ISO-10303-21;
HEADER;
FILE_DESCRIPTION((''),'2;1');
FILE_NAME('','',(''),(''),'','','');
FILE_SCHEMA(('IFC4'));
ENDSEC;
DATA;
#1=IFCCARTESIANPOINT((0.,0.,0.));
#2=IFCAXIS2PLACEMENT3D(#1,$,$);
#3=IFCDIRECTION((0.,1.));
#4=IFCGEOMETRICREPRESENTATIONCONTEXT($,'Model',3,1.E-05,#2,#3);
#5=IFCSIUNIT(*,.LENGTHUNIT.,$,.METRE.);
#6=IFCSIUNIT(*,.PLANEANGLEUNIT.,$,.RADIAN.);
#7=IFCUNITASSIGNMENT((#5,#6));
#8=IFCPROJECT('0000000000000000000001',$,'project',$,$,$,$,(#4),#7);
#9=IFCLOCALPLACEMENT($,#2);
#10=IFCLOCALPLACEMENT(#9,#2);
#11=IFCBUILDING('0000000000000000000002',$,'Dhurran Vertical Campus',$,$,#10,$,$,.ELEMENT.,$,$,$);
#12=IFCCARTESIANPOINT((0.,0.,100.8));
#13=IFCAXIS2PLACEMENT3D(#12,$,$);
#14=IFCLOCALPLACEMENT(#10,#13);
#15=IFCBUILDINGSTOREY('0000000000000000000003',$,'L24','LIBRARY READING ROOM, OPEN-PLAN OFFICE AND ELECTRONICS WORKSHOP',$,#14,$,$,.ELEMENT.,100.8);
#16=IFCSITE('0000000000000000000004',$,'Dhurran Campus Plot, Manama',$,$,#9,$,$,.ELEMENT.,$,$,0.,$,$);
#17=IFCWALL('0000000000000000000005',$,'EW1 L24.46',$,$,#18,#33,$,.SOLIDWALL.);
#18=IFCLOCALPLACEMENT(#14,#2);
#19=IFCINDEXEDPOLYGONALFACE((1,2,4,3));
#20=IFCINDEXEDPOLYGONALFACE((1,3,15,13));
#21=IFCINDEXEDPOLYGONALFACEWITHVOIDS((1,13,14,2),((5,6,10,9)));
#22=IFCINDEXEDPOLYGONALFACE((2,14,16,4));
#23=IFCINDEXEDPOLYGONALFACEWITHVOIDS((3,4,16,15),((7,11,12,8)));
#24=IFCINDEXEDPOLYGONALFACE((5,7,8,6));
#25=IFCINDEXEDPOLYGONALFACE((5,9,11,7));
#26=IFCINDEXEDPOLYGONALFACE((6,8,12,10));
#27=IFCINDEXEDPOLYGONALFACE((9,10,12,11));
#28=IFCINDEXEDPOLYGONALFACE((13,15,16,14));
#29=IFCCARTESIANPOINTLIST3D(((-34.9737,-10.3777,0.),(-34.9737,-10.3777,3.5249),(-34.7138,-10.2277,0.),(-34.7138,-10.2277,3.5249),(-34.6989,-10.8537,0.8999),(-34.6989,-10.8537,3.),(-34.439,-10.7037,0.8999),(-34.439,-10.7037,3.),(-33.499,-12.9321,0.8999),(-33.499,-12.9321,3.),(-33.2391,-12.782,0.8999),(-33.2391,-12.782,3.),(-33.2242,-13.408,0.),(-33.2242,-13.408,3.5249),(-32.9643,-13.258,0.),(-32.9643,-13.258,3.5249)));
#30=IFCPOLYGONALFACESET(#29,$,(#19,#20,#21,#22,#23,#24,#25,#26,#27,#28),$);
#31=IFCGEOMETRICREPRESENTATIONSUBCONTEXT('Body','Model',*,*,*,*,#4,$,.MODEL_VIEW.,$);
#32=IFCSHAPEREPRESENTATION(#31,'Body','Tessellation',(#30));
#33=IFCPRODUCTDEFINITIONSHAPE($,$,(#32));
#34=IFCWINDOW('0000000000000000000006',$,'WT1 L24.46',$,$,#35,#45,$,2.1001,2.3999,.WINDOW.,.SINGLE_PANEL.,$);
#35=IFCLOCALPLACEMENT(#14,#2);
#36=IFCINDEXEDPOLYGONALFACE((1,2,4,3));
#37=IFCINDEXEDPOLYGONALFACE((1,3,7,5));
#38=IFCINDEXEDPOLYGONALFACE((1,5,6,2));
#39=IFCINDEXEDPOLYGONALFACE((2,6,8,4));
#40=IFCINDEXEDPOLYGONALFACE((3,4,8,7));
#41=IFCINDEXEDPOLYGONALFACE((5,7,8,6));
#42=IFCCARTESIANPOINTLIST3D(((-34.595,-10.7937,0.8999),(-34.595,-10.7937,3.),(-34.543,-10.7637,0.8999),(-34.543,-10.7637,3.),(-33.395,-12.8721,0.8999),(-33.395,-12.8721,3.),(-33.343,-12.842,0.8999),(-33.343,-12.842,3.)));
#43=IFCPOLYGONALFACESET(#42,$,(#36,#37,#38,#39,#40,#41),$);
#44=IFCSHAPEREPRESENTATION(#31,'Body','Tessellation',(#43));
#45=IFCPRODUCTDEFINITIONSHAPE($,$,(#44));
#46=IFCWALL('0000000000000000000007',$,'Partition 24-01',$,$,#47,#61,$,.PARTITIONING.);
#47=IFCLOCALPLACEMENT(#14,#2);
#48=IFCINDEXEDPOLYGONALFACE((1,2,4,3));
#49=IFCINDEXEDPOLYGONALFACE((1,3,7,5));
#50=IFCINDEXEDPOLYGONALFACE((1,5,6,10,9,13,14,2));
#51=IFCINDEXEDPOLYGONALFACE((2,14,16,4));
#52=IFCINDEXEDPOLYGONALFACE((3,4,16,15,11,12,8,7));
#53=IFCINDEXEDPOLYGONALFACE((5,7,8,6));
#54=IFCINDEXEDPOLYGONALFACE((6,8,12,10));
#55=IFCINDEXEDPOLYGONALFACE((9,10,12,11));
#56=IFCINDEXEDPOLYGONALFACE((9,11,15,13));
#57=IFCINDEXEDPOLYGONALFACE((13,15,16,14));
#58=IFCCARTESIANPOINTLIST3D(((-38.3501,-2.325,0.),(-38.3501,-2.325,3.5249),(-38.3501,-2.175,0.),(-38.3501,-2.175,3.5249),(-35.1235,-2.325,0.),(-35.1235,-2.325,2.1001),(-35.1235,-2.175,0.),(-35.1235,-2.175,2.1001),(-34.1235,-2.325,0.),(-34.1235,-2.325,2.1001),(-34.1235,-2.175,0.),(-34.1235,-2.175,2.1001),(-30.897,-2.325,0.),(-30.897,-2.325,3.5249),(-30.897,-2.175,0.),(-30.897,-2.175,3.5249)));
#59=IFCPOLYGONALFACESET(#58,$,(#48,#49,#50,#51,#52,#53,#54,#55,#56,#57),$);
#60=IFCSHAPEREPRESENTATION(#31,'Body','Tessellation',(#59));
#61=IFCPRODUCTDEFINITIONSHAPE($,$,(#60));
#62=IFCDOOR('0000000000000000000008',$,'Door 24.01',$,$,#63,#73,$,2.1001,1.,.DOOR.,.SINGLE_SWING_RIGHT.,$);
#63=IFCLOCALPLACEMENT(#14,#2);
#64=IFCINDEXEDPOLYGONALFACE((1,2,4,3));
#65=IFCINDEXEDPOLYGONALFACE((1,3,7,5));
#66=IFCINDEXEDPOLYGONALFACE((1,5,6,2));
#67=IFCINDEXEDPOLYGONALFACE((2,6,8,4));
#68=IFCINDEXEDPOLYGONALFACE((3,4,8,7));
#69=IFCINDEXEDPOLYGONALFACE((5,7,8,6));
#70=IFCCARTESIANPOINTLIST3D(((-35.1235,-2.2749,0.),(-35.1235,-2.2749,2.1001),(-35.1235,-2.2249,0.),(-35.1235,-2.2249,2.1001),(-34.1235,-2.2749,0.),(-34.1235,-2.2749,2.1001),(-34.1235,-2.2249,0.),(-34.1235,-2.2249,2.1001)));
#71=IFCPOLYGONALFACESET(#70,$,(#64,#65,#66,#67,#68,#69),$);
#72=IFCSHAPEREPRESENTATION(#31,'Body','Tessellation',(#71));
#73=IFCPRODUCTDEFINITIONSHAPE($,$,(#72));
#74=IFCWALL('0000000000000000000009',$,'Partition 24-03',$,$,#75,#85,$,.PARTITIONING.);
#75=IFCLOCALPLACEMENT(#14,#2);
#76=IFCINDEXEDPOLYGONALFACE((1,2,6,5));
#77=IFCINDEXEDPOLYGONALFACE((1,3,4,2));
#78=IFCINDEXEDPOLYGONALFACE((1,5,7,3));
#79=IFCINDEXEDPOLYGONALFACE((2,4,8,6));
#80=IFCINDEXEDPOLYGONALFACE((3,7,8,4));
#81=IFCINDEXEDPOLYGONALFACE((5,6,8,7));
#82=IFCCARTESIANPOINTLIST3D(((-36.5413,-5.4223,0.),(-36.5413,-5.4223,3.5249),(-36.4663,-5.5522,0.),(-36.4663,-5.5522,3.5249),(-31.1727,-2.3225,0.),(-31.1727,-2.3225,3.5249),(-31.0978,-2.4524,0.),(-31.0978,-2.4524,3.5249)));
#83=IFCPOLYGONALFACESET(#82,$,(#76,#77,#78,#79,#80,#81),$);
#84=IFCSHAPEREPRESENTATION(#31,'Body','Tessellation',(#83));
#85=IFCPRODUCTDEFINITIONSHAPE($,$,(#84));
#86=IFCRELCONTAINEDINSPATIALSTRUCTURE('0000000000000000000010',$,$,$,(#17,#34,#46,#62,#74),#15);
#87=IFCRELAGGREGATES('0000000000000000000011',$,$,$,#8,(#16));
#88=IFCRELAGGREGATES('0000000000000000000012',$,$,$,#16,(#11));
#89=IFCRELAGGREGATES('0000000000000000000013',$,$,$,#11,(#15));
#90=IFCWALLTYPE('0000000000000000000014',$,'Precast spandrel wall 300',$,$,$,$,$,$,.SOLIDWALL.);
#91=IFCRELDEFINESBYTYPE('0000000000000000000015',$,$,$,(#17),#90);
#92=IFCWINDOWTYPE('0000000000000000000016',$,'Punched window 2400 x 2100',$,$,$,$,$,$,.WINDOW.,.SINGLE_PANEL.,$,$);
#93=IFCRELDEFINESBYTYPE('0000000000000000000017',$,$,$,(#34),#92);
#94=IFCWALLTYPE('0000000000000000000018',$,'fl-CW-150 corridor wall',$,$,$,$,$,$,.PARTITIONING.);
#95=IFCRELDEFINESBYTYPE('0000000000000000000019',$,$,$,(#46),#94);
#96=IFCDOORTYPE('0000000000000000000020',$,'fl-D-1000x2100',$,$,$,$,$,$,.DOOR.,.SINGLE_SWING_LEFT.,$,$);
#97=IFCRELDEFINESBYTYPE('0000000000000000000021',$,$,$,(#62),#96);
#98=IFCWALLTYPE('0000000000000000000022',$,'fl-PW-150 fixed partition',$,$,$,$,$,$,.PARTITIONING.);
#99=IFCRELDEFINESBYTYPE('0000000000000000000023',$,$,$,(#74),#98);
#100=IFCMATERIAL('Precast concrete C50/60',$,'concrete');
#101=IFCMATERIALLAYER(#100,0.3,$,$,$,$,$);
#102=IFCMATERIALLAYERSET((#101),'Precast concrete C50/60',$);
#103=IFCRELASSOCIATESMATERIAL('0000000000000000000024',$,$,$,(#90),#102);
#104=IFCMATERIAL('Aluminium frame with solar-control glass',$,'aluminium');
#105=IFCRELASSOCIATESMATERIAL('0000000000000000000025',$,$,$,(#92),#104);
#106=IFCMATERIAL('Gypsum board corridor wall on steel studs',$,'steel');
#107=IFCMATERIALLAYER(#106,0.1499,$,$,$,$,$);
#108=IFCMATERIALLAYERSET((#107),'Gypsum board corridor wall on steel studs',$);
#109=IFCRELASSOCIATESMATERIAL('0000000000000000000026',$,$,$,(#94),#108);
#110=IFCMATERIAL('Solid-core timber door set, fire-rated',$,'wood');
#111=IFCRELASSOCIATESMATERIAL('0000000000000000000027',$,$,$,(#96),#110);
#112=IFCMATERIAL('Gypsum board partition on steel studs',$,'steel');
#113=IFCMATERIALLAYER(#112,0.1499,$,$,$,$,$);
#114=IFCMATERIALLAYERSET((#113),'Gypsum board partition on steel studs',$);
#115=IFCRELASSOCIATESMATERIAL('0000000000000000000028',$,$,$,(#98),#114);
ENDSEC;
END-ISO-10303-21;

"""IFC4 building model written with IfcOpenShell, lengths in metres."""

from ifc_helpers import new_model, si_unit, direction, frame, frame_2d, origin, place, context, subcontext, project, spatial, rectangle, extrude, material, layer, layer_set, type_object, element, fill, save


model = new_model("IFC4")

# Units and contexts
model_context = context("Model", 3, precision=1e-05, world=origin(), true_north=direction((0.0, 1.0)))
body_context = subcontext(model_context, "Body", "Model", "MODEL_VIEW")
ifc_project = project(units=[si_unit("LENGTHUNIT", "METRE"), si_unit("PLANEANGLEUNIT", "RADIAN")], contexts=[model_context])

# Site, building, storey
site_placement = place(None, origin())
site = spatial("IfcSite", under=ifc_project, at=site_placement, Name="Dhurran Campus Plot, Manama", CompositionType="ELEMENT", RefElevation=0.0)
building_placement = place(site_placement, origin())
building = spatial("IfcBuilding", under=site, at=building_placement, Name="Dhurran Vertical Campus", CompositionType="ELEMENT")
storey_placement = place(building_placement, frame((0.0, 0.0, 100.8)))
storey = spatial("IfcBuildingStorey", under=building, at=storey_placement, Name="L24", Description="LIBRARY READING ROOM, OPEN-PLAN OFFICE AND ELECTRONICS WORKSHOP", CompositionType="ELEMENT", Elevation=100.8)

# Wall, opening, window
ifc_material_1 = material(Name="Precast concrete C50/60", Category="concrete")
ifc_layer_1 = layer(ifc_material_1, 0.3)
ifc_layer_set_1 = layer_set([ifc_layer_1], Name="Precast concrete C50/60")
wall_type_1 = type_object("IfcWallType", Name="Precast spandrel wall 300", PredefinedType="SOLIDWALL", material=ifc_layer_set_1)
ifc_material_2 = material(Name="Aluminium frame with solar-control glass", Category="aluminium")
window_type = type_object("IfcWindowType", Name="Punched window 2400 x 2100", PartitioningType="SINGLE_PANEL", PredefinedType="WINDOW", material=ifc_material_2)
wall_1_placement = place(storey_placement, frame((-34.8438, -10.3027, 0.0), z_axis=(0.0, 0.0, 1.0), x_axis=(0.499996, -0.866028, 0.0)))
wall_1 = element("IfcWall", 1, at=wall_1_placement, inside=storey, type_object=wall_type_1, Name="EW1 L24.46", PredefinedType="SOLIDWALL", context=body_context, shape_type="SweptSolid", body=[
    extrude(rectangle(XDim=3.499, YDim=0.3, at=frame_2d((1.7495, 0.0))), origin(), (0.0, 0.0, 1.0), 3.5249),
])
opening_1_placement = place(wall_1_placement, frame((0.5496, 0.0, 0.8999)))
opening_1 = element("IfcOpeningElement", 2, at=opening_1_placement, cuts=wall_1, PredefinedType="OPENING", context=body_context, shape_type="SweptSolid", body=[
    extrude(rectangle(XDim=2.3999, YDim=2.1001, at=frame_2d((1.2, 1.05))), frame((0.0, 0.1599, 0.0), z_axis=(0.0, -1.0, 0.0), x_axis=(1.0, 0.0, 0.0)), (0.0, 0.0, 1.0), 0.3201),
])
window_1_placement = place(opening_1_placement, origin())
window_1 = element("IfcWindow", 3, at=window_1_placement, inside=storey, type_object=window_type, Name="WT1 L24.46", OverallHeight=2.1001, OverallWidth=2.3999, PartitioningType="SINGLE_PANEL", PredefinedType="WINDOW", context=body_context, shape_type="SweptSolid", body=[
    extrude(rectangle(XDim=2.3999, YDim=2.1001, at=frame_2d((1.2, 1.05))), frame((0.0, 0.03, 0.0), z_axis=(0.0, -1.0, 0.0), x_axis=(1.0, 0.0, 0.0)), (0.0, 0.0, 1.0), 0.0601),
])
fill(opening_1, window_1)

# Wall, opening, door
ifc_material_3 = material(Name="Gypsum board corridor wall on steel studs", Category="steel")
ifc_layer_2 = layer(ifc_material_3, 0.1499)
ifc_layer_set_2 = layer_set([ifc_layer_2], Name="Gypsum board corridor wall on steel studs")
wall_type_2 = type_object("IfcWallType", Name="fl-CW-150 corridor wall", PredefinedType="PARTITIONING", material=ifc_layer_set_2)
wall_2_placement = place(storey_placement, frame((-30.897, -2.25, 0.0), z_axis=(0.0, 0.0, 1.0), x_axis=(-1.0, 0.0, 0.0)))
wall_2 = element("IfcWall", 4, at=wall_2_placement, inside=storey, type_object=wall_type_2, Name="Partition 24-01", PredefinedType="PARTITIONING", context=body_context, shape_type="SweptSolid", body=[
    extrude(rectangle(XDim=7.4531, YDim=0.1499, at=frame_2d((3.7266, 0.0))), origin(), (0.0, 0.0, 1.0), 3.5249),
])
opening_2_placement = place(wall_2_placement, frame((3.2266, 0.0, 0.0)))
opening_2 = element("IfcOpeningElement", 5, at=opening_2_placement, cuts=wall_2, PredefinedType="OPENING", context=body_context, shape_type="SweptSolid", body=[
    extrude(rectangle(XDim=1.0, YDim=2.1001, at=frame_2d((0.5, 1.05))), frame((0.0, 0.085, 0.0), z_axis=(0.0, -1.0, 0.0), x_axis=(1.0, 0.0, 0.0)), (0.0, 0.0, 1.0), 0.1699),
])
ifc_material_4 = material(Name="Solid-core timber door set, fire-rated", Category="wood")
door_type = type_object("IfcDoorType", Name="fl-D-1000x2100", OperationType="SINGLE_SWING_LEFT", PredefinedType="DOOR", material=ifc_material_4)
door_placement = place(opening_2_placement, origin())
door = element("IfcDoor", 6, at=door_placement, inside=storey, type_object=door_type, Name="Door 24.01", OperationType="SINGLE_SWING_RIGHT", OverallHeight=2.1001, OverallWidth=1.0, PredefinedType="DOOR", context=body_context, shape_type="SweptSolid", body=[
    extrude(rectangle(XDim=1.0, YDim=2.1001, at=frame_2d((0.5, 1.05))), frame((0.0, 0.0249, 0.0), z_axis=(0.0, -1.0, 0.0), x_axis=(1.0, 0.0, 0.0)), (0.0, 0.0, 1.0), 0.05),
])
fill(opening_2, door)

# Wall
ifc_material_5 = material(Name="Gypsum board partition on steel studs", Category="steel")
ifc_layer_3 = layer(ifc_material_5, 0.1499)
ifc_layer_set_3 = layer_set([ifc_layer_3], Name="Gypsum board partition on steel studs")
wall_type_3 = type_object("IfcWallType", Name="fl-PW-150 fixed partition", PredefinedType="PARTITIONING", material=ifc_layer_set_3)
wall_3_placement = place(storey_placement, frame((-31.1353, -2.3875, 0.0), z_axis=(0.0, 0.0, 1.0), x_axis=(-0.866007, -0.500032, 0.0)))
element("IfcWall", 7, at=wall_3_placement, inside=storey, type_object=wall_type_3, Name="Partition 24-03", PredefinedType="PARTITIONING", context=body_context, shape_type="SweptSolid", body=[
    extrude(rectangle(XDim=6.1992, YDim=0.1499, at=frame_2d((3.0996, 0.0))), origin(), (0.0, 0.0, 1.0), 3.5249),
])

save(model, "model.ifc")
